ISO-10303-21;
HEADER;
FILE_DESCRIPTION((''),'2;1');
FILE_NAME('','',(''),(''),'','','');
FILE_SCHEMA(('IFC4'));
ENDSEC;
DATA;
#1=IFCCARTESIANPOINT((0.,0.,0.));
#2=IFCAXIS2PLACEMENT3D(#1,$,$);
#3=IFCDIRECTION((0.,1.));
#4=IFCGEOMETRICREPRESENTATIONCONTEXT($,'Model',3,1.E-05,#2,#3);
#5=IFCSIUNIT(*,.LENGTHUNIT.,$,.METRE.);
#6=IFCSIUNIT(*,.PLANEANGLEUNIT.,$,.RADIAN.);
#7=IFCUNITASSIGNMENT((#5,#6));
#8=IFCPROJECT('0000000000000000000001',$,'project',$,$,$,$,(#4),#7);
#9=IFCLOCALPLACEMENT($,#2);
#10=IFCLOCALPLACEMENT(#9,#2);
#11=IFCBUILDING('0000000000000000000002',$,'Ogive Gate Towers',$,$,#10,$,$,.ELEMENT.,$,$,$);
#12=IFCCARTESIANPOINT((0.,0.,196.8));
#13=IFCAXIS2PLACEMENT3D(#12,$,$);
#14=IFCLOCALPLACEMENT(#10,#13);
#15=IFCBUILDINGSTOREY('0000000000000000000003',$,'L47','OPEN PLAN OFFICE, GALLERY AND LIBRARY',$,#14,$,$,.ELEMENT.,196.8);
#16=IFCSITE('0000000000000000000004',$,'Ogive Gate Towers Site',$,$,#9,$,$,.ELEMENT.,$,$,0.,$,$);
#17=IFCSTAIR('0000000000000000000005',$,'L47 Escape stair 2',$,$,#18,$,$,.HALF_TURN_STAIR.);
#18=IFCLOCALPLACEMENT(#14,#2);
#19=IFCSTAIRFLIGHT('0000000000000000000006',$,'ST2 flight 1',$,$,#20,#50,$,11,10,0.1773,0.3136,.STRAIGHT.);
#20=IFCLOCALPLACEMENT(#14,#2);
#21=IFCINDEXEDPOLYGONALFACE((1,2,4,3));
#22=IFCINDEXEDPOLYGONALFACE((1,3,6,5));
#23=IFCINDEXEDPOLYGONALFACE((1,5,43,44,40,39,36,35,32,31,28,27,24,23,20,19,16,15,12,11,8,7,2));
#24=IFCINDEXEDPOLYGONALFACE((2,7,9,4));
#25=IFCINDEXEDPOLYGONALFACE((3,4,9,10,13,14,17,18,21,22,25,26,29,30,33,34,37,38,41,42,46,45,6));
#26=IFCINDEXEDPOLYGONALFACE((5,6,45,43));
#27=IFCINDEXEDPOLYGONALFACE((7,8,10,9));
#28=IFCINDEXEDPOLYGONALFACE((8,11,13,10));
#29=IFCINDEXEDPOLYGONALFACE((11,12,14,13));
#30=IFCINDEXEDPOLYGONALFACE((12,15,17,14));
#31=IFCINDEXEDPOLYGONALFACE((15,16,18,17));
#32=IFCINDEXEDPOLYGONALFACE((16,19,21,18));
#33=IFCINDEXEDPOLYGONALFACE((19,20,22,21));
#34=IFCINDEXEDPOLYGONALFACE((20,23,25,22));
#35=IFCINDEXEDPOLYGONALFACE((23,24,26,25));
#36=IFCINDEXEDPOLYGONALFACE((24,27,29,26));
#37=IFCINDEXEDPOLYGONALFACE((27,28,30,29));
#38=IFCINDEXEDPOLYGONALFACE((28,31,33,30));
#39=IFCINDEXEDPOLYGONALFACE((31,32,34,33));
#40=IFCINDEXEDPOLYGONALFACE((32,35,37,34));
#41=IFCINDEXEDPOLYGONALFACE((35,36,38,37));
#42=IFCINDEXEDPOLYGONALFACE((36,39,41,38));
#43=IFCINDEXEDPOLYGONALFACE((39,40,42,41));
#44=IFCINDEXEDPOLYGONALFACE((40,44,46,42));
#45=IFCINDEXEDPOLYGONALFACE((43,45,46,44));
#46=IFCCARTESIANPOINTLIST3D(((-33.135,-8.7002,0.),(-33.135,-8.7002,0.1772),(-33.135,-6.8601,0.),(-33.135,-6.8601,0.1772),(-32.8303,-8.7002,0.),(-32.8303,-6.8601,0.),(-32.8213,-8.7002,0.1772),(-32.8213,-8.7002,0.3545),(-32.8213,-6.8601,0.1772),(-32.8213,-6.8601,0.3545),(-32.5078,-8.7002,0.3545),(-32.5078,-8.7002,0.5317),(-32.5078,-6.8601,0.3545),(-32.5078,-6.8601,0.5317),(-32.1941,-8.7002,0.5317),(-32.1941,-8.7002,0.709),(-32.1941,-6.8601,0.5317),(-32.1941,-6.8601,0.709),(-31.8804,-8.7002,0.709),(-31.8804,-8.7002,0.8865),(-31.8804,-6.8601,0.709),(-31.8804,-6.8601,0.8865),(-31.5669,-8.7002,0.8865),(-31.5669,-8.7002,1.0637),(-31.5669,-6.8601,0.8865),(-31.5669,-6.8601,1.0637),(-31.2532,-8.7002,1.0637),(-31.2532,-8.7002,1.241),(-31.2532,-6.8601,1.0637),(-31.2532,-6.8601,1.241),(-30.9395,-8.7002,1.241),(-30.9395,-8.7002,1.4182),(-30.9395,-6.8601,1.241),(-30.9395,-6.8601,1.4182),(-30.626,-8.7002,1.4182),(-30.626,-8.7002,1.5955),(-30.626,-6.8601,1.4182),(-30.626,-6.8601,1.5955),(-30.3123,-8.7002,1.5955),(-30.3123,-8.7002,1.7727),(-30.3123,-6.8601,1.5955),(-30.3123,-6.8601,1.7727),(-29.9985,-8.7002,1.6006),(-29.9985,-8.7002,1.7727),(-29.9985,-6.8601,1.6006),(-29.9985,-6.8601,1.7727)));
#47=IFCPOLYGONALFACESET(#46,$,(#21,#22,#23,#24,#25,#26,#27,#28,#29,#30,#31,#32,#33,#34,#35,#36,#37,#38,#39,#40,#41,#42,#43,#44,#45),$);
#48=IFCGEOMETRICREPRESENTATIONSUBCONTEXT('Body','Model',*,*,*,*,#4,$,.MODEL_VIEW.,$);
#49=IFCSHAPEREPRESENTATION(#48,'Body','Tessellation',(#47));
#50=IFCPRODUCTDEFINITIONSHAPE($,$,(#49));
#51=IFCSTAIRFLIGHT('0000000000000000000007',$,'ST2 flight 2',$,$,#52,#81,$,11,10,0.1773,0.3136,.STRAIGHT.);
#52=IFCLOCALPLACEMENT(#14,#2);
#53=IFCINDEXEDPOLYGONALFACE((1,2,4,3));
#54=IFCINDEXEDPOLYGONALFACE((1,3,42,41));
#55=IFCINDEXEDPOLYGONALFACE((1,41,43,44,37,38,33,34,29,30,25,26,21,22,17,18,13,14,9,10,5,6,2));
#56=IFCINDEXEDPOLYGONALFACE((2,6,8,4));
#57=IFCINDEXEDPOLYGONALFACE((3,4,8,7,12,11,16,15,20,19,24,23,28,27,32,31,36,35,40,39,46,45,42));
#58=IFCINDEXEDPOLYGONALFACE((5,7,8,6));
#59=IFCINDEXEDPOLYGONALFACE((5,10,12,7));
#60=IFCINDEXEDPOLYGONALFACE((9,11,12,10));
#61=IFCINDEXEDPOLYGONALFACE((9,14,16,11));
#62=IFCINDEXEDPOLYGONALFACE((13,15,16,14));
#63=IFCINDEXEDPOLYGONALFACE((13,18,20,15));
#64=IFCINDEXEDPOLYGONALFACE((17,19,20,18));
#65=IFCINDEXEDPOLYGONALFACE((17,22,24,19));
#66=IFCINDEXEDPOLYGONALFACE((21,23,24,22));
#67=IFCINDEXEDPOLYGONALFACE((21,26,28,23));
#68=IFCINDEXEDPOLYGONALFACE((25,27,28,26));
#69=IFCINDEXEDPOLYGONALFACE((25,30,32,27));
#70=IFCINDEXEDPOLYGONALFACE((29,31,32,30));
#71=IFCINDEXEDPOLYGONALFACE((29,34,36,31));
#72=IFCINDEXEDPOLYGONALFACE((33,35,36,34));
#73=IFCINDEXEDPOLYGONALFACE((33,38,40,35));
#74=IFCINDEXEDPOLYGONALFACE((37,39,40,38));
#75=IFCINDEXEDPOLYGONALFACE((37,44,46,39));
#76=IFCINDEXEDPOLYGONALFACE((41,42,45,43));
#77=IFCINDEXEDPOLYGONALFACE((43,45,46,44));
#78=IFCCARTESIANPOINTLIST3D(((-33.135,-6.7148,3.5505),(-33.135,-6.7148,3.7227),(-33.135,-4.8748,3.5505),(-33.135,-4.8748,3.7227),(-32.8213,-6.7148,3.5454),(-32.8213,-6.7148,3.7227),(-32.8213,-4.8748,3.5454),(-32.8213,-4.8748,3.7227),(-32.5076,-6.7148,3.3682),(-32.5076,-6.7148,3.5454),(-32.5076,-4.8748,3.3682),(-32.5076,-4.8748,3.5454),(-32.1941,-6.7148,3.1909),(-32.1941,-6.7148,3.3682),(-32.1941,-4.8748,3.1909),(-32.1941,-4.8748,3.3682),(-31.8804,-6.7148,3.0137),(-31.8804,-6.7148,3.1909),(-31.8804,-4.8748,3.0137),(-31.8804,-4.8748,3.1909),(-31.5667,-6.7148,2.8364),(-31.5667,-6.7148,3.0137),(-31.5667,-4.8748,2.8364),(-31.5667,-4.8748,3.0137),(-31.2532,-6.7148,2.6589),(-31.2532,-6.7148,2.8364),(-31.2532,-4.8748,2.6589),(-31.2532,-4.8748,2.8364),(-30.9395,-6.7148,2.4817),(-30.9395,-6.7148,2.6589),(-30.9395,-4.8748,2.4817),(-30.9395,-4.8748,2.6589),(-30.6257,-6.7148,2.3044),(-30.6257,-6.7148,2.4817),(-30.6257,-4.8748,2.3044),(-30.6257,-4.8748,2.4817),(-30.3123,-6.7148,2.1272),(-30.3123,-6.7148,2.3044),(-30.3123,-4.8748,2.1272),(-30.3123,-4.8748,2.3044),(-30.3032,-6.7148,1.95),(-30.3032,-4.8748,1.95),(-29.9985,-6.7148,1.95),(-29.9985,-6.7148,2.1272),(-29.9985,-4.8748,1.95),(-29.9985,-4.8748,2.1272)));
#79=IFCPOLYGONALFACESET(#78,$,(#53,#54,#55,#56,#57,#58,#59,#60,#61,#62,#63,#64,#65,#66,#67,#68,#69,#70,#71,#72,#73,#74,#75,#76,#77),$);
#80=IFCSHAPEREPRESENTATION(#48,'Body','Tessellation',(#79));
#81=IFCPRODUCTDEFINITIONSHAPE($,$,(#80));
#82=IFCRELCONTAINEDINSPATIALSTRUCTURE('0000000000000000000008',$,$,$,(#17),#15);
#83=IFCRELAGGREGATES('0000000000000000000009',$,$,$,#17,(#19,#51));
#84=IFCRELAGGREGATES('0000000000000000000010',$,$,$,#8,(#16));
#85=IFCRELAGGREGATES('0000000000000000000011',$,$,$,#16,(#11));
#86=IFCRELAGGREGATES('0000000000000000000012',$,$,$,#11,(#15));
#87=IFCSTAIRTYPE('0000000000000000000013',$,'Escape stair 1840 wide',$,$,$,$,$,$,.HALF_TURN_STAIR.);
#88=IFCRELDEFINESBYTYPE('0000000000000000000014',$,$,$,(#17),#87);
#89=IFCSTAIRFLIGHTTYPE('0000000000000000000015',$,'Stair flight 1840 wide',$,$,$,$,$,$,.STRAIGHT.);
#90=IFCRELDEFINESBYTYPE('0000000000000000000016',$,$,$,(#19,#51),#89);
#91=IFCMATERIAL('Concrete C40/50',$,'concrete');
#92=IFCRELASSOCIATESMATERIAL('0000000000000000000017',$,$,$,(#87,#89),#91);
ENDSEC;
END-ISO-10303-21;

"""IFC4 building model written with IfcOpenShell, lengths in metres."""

from ifc_helpers import new_model, si_unit, direction, frame, origin, place, context, subcontext, project, spatial, polyline, outline, extrude, material, type_object, element, aggregate, save


model = new_model("IFC4")

# Units and contexts
model_context = context("Model", 3, precision=1e-05, world=origin(), true_north=direction((0.0, 1.0)))
body_context = subcontext(model_context, "Body", "Model", "MODEL_VIEW")
ifc_project = project(units=[si_unit("LENGTHUNIT", "METRE"), si_unit("PLANEANGLEUNIT", "RADIAN")], contexts=[model_context])

# Site, building, storey
site_placement = place(None, origin())
site = spatial("IfcSite", under=ifc_project, at=site_placement, Name="Ogive Gate Towers Site", CompositionType="ELEMENT", RefElevation=0.0)
building_placement = place(site_placement, origin())
building = spatial("IfcBuilding", under=site, at=building_placement, Name="Ogive Gate Towers", CompositionType="ELEMENT")
storey_placement = place(building_placement, frame((0.0, 0.0, 196.8)))
storey = spatial("IfcBuildingStorey", under=building, at=storey_placement, Name="L47", Description="OPEN PLAN OFFICE, GALLERY AND LIBRARY", CompositionType="ELEMENT", Elevation=196.8)

# Stair, stair flights
ifc_material_1 = material(Name="Concrete C40/50", Category="concrete")
stair_type = type_object("IfcStairType", Name="Escape stair 1840 wide", PredefinedType="HALF_TURN_STAIR", material=ifc_material_1)
stair_placement = place(storey_placement, origin())
stair = element("IfcStair", 1, at=stair_placement, inside=storey, type_object=stair_type, Name="L47 Escape stair 2", PredefinedType="HALF_TURN_STAIR")
stair_flight_type = type_object("IfcStairFlightType", Name="Stair flight 1840 wide", PredefinedType="STRAIGHT", material=ifc_material_1)
stair_flight_1_placement = place(storey_placement, frame((-33.135, -7.78, 0.0), z_axis=(0.0, 0.0, 1.0), x_axis=(1.0, 0.0, 0.0)))
stair_flight_1 = element("IfcStairFlight", 2, at=stair_flight_1_placement, type_object=stair_flight_type, Name="ST2 flight 1", NumberOfRisers=11, NumberOfTreads=10, PredefinedType="STRAIGHT", RiserHeight=0.1773, TreadLength=0.3136, context=body_context, shape_type="SweptSolid", body=[
    extrude(outline(polyline([(0.0, 0.0), (0.0, 0.1772), (0.3137, 0.1772), (0.3137, 0.3545), (0.6272, 0.3545), (0.6272, 0.5317), (0.9409, 0.5317), (0.9409, 0.709), (1.2546, 0.709), (1.2546, 0.8865), (1.5681, 0.8865), (1.5681, 1.0637), (1.8818, 1.0637), (1.8818, 1.241), (2.1956, 1.241), (2.1956, 1.4182), (2.509, 1.4182), (2.509, 1.5955), (2.8228, 1.5955), (2.8228, 1.7727), (3.1365, 1.7727), (3.1365, 1.95), (3.1365, 1.6006), (0.3047, 0.0), (0.0, 0.0)])), frame((0.0, 0.9199, 0.0), z_axis=(0.0, -1.0, 0.0), x_axis=(1.0, 0.0, 0.0)), (0.0, 0.0, 1.0), 1.8401),
])
stair_flight_2_placement = place(storey_placement, frame((-29.9985, -5.7949, 1.95), z_axis=(0.0, 0.0, 1.0), x_axis=(-1.0, 0.0, 0.0)))
stair_flight_2 = element("IfcStairFlight", 3, at=stair_flight_2_placement, type_object=stair_flight_type, Name="ST2 flight 2", NumberOfRisers=11, NumberOfTreads=10, PredefinedType="STRAIGHT", RiserHeight=0.1773, TreadLength=0.3136, context=body_context, shape_type="SweptSolid", body=[
    extrude(outline(polyline([(0.0, 0.0), (0.0, 0.1772), (0.3137, 0.1772), (0.3137, 0.3545), (0.6272, 0.3545), (0.6272, 0.5317), (0.9409, 0.5317), (0.9409, 0.709), (1.2546, 0.709), (1.2546, 0.8865), (1.5681, 0.8865), (1.5681, 1.0637), (1.8818, 1.0637), (1.8818, 1.241), (2.1956, 1.241), (2.1956, 1.4182), (2.509, 1.4182), (2.509, 1.5955), (2.8228, 1.5955), (2.8228, 1.7727), (3.1365, 1.7727), (3.1365, 1.95), (3.1365, 1.6006), (0.3047, 0.0), (0.0, 0.0)])), frame((0.0, 0.9199, 0.0), z_axis=(0.0, -1.0, 0.0), x_axis=(1.0, 0.0, 0.0)), (0.0, 0.0, 1.0), 1.8401),
])
aggregate(stair, [stair_flight_1, stair_flight_2])

save(model, "model.ifc")
